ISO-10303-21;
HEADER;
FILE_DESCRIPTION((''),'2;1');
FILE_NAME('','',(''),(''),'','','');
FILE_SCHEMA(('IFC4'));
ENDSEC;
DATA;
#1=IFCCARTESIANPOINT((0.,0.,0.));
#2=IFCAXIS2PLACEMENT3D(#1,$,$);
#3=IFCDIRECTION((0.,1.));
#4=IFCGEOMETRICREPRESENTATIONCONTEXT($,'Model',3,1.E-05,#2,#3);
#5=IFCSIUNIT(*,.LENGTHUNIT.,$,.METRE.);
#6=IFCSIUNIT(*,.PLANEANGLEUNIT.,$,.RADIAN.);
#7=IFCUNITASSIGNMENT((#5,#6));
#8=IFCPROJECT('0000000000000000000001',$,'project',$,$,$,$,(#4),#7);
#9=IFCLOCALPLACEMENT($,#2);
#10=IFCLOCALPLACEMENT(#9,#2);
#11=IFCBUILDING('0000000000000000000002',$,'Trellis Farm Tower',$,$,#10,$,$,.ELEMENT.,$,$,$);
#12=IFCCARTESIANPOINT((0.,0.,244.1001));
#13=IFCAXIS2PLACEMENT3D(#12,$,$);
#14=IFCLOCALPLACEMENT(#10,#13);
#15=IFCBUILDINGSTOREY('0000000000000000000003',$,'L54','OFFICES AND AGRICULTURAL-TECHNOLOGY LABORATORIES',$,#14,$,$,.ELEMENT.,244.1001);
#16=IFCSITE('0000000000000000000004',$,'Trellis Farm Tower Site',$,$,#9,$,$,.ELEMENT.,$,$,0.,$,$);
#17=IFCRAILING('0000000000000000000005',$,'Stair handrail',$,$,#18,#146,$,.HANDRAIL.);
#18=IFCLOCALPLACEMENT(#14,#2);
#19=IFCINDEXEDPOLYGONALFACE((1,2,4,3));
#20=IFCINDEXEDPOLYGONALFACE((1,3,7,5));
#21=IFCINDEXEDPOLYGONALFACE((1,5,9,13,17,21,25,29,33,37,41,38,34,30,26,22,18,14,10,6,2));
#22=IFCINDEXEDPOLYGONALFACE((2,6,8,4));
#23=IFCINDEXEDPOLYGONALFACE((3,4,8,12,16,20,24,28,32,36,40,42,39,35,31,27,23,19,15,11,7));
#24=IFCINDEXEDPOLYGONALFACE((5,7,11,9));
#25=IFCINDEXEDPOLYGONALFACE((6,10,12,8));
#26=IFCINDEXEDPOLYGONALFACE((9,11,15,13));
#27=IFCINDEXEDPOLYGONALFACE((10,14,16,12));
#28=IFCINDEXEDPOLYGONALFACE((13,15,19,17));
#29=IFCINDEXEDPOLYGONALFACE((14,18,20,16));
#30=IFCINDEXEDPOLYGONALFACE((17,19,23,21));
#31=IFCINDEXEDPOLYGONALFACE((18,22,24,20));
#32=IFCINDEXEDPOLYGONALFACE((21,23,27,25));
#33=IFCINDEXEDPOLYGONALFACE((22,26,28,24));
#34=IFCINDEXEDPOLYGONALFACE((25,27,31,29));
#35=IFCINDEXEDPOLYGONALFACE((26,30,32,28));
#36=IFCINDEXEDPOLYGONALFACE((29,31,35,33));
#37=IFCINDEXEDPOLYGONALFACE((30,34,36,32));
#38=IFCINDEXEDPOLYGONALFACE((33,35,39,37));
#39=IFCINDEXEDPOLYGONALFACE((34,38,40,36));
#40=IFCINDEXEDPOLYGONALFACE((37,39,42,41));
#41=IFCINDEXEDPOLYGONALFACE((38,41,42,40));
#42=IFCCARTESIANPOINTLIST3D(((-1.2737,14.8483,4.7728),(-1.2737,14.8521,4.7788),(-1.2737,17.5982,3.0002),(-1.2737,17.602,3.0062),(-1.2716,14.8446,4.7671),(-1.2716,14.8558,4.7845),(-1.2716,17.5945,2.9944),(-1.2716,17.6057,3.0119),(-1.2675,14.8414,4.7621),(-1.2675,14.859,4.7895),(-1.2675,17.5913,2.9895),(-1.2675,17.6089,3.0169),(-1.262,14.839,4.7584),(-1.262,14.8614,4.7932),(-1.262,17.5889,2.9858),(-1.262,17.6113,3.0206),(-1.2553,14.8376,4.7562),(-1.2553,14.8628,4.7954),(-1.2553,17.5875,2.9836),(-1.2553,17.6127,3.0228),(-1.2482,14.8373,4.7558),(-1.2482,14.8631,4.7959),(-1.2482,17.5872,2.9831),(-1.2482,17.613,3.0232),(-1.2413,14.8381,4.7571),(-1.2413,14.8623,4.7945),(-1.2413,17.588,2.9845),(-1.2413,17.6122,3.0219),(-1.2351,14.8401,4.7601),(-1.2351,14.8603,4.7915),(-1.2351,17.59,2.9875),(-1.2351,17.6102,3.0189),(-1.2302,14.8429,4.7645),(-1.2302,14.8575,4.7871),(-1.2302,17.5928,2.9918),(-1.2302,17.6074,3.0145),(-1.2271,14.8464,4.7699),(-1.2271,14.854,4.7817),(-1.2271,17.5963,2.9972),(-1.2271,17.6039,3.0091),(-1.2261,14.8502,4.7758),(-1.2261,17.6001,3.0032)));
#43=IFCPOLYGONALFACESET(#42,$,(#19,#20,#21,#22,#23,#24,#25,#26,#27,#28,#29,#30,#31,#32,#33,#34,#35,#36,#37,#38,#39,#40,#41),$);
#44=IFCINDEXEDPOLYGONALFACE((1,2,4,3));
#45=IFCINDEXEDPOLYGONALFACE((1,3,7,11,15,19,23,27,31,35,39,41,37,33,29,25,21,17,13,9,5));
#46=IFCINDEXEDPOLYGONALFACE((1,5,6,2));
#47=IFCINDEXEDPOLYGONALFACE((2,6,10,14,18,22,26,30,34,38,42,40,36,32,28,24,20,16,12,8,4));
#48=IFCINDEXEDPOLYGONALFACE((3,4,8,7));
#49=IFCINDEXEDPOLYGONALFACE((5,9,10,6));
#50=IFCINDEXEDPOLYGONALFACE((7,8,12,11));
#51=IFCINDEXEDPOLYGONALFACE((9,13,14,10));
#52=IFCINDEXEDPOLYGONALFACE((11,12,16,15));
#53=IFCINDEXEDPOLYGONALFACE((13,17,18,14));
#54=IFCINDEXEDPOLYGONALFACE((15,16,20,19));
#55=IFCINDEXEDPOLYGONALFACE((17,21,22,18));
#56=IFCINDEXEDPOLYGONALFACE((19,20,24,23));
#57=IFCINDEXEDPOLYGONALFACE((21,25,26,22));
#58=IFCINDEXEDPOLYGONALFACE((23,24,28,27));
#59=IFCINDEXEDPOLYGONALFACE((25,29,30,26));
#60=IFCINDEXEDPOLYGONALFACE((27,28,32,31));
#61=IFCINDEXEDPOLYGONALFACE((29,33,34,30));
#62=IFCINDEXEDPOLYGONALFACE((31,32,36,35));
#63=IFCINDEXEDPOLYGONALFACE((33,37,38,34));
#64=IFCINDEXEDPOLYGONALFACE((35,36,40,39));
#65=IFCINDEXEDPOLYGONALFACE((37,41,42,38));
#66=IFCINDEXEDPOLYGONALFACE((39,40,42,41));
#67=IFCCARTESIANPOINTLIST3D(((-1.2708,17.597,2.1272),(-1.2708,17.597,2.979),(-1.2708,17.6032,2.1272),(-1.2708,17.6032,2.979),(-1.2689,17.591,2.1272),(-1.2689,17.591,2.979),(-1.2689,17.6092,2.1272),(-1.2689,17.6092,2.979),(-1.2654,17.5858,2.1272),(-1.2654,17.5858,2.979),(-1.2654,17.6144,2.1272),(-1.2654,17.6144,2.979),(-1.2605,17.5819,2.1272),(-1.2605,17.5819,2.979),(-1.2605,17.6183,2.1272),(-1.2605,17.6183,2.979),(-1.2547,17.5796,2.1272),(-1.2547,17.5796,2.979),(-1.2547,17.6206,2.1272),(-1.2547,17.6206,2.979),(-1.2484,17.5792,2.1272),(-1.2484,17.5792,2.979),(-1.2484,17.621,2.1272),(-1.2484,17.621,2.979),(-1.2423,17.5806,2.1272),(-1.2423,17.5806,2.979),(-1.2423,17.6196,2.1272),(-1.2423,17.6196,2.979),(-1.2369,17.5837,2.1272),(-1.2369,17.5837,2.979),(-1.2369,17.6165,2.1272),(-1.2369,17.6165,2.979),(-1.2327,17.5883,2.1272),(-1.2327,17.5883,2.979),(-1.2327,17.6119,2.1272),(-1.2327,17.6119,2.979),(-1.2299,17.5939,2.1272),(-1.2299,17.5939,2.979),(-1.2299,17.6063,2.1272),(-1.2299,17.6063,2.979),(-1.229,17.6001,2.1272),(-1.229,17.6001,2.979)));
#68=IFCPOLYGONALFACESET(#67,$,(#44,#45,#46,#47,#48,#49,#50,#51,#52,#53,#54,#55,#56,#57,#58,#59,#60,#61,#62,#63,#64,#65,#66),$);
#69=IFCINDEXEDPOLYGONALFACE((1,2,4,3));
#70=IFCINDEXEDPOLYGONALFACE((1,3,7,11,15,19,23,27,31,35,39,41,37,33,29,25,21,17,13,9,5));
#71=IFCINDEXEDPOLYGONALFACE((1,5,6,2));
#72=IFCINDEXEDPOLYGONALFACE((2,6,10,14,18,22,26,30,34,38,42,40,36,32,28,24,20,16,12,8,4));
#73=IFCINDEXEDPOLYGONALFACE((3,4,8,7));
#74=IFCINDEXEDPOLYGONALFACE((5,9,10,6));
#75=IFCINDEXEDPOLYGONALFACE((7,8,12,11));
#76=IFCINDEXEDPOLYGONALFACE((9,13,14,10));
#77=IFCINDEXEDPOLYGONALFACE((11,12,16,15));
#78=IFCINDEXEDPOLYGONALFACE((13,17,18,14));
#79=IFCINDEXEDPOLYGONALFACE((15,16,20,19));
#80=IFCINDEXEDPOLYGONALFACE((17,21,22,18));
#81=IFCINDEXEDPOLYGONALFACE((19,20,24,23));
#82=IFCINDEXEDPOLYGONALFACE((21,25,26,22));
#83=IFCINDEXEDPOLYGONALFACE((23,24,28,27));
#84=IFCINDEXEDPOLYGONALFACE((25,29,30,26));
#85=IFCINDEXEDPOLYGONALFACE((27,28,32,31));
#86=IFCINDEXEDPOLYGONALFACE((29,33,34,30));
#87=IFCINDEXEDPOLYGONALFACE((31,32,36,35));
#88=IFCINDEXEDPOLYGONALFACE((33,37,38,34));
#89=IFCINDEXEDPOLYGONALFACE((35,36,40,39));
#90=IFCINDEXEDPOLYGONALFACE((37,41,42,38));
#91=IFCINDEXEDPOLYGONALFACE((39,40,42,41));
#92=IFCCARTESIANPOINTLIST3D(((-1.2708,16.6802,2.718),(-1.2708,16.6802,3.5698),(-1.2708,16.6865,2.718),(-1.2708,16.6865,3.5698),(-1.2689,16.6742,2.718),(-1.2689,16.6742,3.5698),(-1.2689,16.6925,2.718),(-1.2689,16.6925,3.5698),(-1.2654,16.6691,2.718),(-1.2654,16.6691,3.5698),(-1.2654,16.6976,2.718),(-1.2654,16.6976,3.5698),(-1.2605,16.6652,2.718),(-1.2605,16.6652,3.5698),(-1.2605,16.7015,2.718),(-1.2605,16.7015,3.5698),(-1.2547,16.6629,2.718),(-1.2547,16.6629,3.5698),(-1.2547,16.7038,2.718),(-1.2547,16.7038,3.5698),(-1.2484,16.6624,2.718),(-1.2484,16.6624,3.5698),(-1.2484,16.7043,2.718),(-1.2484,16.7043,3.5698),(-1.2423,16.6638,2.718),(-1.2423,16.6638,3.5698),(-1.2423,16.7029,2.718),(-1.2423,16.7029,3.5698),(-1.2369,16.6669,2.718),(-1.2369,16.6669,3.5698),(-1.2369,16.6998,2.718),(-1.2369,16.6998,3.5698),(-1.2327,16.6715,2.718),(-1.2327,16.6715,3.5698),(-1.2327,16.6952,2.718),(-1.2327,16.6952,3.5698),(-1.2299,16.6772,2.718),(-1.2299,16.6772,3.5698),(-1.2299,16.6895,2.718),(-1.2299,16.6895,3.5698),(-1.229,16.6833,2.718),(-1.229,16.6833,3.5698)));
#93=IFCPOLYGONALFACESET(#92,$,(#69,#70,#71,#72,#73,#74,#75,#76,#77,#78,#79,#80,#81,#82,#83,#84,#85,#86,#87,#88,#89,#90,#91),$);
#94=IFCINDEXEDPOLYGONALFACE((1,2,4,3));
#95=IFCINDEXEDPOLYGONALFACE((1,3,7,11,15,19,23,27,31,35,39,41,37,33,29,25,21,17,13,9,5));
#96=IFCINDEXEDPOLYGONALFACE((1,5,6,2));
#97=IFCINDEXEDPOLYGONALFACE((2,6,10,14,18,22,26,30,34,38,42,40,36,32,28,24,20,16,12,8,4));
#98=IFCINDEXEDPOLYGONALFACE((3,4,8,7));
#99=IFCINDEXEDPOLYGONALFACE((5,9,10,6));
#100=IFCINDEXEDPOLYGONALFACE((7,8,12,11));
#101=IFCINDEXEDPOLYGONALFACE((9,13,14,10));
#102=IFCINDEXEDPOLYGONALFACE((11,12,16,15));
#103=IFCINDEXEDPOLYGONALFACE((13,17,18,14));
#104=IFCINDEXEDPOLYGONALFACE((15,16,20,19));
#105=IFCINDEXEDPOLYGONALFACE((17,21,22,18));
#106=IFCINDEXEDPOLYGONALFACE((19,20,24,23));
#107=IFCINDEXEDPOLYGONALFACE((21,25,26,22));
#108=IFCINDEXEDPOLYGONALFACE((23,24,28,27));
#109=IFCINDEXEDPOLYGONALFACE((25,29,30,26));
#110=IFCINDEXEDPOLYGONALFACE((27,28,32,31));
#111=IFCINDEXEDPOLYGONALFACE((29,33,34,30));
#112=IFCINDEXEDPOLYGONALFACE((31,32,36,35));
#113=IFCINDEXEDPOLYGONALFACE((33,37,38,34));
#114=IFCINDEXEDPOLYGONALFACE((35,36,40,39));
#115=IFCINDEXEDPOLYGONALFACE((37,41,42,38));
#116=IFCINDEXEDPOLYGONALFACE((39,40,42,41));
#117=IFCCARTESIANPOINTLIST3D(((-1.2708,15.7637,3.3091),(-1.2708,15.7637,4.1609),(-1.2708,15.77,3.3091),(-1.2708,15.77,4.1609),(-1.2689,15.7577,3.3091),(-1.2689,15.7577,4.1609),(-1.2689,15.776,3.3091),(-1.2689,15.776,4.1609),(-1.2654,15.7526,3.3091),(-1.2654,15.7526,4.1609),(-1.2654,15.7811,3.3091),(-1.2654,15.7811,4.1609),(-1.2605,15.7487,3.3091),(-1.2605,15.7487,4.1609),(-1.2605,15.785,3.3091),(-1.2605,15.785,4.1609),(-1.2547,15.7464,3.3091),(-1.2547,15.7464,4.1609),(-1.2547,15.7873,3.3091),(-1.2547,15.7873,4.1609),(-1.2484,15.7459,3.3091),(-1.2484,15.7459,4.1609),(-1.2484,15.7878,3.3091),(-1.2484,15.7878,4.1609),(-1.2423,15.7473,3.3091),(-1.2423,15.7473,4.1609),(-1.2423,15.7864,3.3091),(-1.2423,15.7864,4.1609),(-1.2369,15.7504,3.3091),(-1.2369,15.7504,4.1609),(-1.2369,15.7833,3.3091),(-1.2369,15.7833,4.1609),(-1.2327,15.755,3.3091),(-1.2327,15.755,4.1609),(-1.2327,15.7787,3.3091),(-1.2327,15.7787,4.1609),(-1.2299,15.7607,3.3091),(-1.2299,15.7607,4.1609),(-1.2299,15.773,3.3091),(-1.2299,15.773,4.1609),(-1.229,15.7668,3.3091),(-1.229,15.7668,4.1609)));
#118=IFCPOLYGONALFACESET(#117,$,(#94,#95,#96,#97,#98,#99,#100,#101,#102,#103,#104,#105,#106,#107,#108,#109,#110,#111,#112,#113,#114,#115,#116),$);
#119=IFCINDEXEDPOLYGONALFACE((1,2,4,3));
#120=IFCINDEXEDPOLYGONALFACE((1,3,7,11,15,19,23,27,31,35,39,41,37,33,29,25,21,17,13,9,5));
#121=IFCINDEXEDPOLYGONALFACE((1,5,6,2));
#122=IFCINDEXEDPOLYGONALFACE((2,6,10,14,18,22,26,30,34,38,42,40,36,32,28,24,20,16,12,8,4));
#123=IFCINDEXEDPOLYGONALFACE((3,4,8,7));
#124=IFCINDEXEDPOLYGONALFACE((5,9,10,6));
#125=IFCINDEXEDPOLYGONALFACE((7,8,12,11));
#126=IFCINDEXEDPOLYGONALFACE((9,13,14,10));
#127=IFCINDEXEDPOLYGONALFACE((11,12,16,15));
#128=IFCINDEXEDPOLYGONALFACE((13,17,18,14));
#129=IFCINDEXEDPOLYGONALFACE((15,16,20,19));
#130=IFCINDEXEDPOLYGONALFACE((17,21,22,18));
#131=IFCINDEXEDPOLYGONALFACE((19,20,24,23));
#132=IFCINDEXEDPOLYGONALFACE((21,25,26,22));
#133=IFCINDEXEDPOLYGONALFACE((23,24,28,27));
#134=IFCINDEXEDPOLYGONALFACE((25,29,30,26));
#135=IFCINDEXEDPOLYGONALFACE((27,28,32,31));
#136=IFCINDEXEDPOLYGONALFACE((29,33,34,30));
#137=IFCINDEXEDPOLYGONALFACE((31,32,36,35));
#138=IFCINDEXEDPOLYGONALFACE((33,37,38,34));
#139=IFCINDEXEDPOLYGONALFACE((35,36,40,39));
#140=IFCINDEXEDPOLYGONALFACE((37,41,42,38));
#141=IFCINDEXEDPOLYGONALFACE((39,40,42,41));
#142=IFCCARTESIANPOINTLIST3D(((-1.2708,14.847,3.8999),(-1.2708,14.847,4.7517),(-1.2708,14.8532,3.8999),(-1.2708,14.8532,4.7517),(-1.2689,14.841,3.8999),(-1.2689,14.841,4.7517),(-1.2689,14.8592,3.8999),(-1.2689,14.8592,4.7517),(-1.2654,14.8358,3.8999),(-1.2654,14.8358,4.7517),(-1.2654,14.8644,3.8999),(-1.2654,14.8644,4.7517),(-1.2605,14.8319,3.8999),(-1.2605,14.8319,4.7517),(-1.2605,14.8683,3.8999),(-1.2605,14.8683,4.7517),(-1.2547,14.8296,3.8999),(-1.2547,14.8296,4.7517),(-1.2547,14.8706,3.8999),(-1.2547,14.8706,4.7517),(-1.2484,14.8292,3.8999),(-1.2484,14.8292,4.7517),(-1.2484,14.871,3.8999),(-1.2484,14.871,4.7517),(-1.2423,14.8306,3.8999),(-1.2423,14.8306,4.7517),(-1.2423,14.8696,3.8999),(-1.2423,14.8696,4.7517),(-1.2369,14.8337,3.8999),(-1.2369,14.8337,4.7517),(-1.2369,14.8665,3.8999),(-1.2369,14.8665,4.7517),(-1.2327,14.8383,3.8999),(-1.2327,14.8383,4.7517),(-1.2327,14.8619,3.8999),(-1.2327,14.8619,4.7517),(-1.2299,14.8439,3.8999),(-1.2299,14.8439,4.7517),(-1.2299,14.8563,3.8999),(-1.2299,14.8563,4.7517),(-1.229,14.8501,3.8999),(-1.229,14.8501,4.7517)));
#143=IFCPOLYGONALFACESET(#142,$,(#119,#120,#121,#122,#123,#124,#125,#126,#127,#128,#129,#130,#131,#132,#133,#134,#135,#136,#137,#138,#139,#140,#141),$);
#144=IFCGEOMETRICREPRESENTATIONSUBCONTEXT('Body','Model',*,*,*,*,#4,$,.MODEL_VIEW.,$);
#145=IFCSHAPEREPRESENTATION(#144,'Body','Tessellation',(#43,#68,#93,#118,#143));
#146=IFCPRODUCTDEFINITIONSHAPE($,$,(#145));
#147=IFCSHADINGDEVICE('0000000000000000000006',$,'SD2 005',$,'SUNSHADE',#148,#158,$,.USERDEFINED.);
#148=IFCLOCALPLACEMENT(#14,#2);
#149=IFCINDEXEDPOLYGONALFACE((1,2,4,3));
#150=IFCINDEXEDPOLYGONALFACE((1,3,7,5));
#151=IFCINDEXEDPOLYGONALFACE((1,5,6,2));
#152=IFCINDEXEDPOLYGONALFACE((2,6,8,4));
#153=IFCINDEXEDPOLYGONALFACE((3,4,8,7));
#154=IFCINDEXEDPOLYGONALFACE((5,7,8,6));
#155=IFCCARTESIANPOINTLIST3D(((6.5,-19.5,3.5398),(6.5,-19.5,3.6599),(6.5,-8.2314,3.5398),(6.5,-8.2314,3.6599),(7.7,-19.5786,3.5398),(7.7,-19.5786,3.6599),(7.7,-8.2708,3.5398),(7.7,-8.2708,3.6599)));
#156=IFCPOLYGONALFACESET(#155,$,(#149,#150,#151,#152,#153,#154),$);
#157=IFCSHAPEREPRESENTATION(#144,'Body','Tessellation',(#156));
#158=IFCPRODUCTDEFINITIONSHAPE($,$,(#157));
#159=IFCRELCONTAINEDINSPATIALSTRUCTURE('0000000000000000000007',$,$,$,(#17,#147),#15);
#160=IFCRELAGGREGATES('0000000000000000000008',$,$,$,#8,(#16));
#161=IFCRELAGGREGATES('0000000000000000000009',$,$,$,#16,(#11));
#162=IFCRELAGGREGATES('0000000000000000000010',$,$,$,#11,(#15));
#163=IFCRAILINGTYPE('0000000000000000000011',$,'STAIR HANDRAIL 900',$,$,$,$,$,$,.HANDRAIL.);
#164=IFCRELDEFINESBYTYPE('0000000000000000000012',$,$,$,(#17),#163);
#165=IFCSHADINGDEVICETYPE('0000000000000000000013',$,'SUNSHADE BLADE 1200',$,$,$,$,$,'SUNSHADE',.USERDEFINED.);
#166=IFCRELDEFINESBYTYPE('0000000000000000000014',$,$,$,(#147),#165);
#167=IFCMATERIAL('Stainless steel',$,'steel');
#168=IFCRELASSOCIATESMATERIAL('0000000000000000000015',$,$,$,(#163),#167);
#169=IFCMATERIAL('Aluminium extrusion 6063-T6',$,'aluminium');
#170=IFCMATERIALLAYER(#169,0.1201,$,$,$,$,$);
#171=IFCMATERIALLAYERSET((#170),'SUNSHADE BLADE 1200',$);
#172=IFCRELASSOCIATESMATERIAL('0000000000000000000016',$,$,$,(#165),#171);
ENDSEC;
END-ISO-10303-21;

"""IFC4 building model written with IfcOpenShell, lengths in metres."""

from ifc_helpers import new_model, si_unit, direction, frame, origin, origin_2d, place, context, subcontext, project, spatial, polyline, circle, outline, extrude, source, transform, mapped, material, layer, layer_set, type_object, element, save


model = new_model("IFC4")

# Units and contexts
model_context = context("Model", 3, precision=1e-05, world=origin(), true_north=direction((0.0, 1.0)))
body_context = subcontext(model_context, "Body", "Model", "MODEL_VIEW")
ifc_project = project(units=[si_unit("LENGTHUNIT", "METRE"), si_unit("PLANEANGLEUNIT", "RADIAN")], contexts=[model_context])

# Site, building, storey
site_placement = place(None, origin())
site = spatial("IfcSite", under=ifc_project, at=site_placement, Name="Trellis Farm Tower Site", CompositionType="ELEMENT", RefElevation=0.0)
building_placement = place(site_placement, origin())
building = spatial("IfcBuilding", under=site, at=building_placement, Name="Trellis Farm Tower", CompositionType="ELEMENT")
storey_placement = place(building_placement, frame((0.0, 0.0, 244.1001)))
storey = spatial("IfcBuildingStorey", under=building, at=storey_placement, Name="L54", Description="OFFICES AND AGRICULTURAL-TECHNOLOGY LABORATORIES", CompositionType="ELEMENT", Elevation=244.1001)

# Shared definitions
ifc_material_1 = material(Name="Aluminium extrusion 6063-T6", Category="aluminium")

# Railing
ifc_material_2 = material(Name="Stainless steel", Category="steel")
railing_type = type_object("IfcRailingType", Name="STAIR HANDRAIL 900", PredefinedType="HANDRAIL", material=ifc_material_2)
shared_shape_1 = source(origin(), body_context, "Body", "SweptSolid", [
    extrude(circle(Radius=0.0239, at=origin_2d()), frame((0.0, 0.0, 0.876), z_axis=(0.0, -0.840504, 0.541806), x_axis=(1.0, 0.0, 0.0)), (0.0, 0.0, 1.0), 3.2717),
    extrude(circle(Radius=0.021, at=origin_2d()), origin(), (0.0, 0.0, 1.0), 0.8518),
    extrude(circle(Radius=0.021, at=origin_2d()), frame((0.0, -0.9167, 0.5908)), (0.0, 0.0, 1.0), 0.8518),
    extrude(circle(Radius=0.021, at=origin_2d()), frame((0.0, -1.8333, 1.1819)), (0.0, 0.0, 1.0), 0.8518),
    extrude(circle(Radius=0.021, at=origin_2d()), frame((0.0, -2.75, 1.7727)), (0.0, 0.0, 1.0), 0.8518),
])
railing_placement = place(storey_placement, frame((-1.25, 17.6001, 2.1272)))
element("IfcRailing", 1, at=railing_placement, inside=storey, type_object=railing_type, Name="Stair handrail", PredefinedType="HANDRAIL", context=body_context, shape_type="MappedRepresentation", body=[
    mapped(shared_shape_1, transform((0.0, 0.0, 0.0))),
])

# Shading device
ifc_layer_1 = layer(ifc_material_1, 0.1201)
ifc_layer_set_1 = layer_set([ifc_layer_1], Name="SUNSHADE BLADE 1200")
shading_device_type = type_object("IfcShadingDeviceType", Name="SUNSHADE BLADE 1200", ElementType="SUNSHADE", PredefinedType="USERDEFINED", material=ifc_layer_set_1)
shared_shape_2 = source(origin(), body_context, "Body", "SweptSolid", [
    extrude(outline(polyline([(7.7, -19.5786), (7.7, -8.2708), (6.5, -8.2314), (6.5, -19.5), (7.7, -19.5786)])), origin(), (0.0, 0.0, 1.0), 0.1201),
])
shading_device_placement = place(storey_placement, frame((0.0, 0.0, 3.5398)))
element("IfcShadingDevice", 2, at=shading_device_placement, inside=storey, type_object=shading_device_type, Name="SD2 005", ObjectType="SUNSHADE", PredefinedType="USERDEFINED", context=body_context, shape_type="MappedRepresentation", body=[
    mapped(shared_shape_2, transform((0.0, 0.0, 0.0))),
])

save(model, "model.ifc")
